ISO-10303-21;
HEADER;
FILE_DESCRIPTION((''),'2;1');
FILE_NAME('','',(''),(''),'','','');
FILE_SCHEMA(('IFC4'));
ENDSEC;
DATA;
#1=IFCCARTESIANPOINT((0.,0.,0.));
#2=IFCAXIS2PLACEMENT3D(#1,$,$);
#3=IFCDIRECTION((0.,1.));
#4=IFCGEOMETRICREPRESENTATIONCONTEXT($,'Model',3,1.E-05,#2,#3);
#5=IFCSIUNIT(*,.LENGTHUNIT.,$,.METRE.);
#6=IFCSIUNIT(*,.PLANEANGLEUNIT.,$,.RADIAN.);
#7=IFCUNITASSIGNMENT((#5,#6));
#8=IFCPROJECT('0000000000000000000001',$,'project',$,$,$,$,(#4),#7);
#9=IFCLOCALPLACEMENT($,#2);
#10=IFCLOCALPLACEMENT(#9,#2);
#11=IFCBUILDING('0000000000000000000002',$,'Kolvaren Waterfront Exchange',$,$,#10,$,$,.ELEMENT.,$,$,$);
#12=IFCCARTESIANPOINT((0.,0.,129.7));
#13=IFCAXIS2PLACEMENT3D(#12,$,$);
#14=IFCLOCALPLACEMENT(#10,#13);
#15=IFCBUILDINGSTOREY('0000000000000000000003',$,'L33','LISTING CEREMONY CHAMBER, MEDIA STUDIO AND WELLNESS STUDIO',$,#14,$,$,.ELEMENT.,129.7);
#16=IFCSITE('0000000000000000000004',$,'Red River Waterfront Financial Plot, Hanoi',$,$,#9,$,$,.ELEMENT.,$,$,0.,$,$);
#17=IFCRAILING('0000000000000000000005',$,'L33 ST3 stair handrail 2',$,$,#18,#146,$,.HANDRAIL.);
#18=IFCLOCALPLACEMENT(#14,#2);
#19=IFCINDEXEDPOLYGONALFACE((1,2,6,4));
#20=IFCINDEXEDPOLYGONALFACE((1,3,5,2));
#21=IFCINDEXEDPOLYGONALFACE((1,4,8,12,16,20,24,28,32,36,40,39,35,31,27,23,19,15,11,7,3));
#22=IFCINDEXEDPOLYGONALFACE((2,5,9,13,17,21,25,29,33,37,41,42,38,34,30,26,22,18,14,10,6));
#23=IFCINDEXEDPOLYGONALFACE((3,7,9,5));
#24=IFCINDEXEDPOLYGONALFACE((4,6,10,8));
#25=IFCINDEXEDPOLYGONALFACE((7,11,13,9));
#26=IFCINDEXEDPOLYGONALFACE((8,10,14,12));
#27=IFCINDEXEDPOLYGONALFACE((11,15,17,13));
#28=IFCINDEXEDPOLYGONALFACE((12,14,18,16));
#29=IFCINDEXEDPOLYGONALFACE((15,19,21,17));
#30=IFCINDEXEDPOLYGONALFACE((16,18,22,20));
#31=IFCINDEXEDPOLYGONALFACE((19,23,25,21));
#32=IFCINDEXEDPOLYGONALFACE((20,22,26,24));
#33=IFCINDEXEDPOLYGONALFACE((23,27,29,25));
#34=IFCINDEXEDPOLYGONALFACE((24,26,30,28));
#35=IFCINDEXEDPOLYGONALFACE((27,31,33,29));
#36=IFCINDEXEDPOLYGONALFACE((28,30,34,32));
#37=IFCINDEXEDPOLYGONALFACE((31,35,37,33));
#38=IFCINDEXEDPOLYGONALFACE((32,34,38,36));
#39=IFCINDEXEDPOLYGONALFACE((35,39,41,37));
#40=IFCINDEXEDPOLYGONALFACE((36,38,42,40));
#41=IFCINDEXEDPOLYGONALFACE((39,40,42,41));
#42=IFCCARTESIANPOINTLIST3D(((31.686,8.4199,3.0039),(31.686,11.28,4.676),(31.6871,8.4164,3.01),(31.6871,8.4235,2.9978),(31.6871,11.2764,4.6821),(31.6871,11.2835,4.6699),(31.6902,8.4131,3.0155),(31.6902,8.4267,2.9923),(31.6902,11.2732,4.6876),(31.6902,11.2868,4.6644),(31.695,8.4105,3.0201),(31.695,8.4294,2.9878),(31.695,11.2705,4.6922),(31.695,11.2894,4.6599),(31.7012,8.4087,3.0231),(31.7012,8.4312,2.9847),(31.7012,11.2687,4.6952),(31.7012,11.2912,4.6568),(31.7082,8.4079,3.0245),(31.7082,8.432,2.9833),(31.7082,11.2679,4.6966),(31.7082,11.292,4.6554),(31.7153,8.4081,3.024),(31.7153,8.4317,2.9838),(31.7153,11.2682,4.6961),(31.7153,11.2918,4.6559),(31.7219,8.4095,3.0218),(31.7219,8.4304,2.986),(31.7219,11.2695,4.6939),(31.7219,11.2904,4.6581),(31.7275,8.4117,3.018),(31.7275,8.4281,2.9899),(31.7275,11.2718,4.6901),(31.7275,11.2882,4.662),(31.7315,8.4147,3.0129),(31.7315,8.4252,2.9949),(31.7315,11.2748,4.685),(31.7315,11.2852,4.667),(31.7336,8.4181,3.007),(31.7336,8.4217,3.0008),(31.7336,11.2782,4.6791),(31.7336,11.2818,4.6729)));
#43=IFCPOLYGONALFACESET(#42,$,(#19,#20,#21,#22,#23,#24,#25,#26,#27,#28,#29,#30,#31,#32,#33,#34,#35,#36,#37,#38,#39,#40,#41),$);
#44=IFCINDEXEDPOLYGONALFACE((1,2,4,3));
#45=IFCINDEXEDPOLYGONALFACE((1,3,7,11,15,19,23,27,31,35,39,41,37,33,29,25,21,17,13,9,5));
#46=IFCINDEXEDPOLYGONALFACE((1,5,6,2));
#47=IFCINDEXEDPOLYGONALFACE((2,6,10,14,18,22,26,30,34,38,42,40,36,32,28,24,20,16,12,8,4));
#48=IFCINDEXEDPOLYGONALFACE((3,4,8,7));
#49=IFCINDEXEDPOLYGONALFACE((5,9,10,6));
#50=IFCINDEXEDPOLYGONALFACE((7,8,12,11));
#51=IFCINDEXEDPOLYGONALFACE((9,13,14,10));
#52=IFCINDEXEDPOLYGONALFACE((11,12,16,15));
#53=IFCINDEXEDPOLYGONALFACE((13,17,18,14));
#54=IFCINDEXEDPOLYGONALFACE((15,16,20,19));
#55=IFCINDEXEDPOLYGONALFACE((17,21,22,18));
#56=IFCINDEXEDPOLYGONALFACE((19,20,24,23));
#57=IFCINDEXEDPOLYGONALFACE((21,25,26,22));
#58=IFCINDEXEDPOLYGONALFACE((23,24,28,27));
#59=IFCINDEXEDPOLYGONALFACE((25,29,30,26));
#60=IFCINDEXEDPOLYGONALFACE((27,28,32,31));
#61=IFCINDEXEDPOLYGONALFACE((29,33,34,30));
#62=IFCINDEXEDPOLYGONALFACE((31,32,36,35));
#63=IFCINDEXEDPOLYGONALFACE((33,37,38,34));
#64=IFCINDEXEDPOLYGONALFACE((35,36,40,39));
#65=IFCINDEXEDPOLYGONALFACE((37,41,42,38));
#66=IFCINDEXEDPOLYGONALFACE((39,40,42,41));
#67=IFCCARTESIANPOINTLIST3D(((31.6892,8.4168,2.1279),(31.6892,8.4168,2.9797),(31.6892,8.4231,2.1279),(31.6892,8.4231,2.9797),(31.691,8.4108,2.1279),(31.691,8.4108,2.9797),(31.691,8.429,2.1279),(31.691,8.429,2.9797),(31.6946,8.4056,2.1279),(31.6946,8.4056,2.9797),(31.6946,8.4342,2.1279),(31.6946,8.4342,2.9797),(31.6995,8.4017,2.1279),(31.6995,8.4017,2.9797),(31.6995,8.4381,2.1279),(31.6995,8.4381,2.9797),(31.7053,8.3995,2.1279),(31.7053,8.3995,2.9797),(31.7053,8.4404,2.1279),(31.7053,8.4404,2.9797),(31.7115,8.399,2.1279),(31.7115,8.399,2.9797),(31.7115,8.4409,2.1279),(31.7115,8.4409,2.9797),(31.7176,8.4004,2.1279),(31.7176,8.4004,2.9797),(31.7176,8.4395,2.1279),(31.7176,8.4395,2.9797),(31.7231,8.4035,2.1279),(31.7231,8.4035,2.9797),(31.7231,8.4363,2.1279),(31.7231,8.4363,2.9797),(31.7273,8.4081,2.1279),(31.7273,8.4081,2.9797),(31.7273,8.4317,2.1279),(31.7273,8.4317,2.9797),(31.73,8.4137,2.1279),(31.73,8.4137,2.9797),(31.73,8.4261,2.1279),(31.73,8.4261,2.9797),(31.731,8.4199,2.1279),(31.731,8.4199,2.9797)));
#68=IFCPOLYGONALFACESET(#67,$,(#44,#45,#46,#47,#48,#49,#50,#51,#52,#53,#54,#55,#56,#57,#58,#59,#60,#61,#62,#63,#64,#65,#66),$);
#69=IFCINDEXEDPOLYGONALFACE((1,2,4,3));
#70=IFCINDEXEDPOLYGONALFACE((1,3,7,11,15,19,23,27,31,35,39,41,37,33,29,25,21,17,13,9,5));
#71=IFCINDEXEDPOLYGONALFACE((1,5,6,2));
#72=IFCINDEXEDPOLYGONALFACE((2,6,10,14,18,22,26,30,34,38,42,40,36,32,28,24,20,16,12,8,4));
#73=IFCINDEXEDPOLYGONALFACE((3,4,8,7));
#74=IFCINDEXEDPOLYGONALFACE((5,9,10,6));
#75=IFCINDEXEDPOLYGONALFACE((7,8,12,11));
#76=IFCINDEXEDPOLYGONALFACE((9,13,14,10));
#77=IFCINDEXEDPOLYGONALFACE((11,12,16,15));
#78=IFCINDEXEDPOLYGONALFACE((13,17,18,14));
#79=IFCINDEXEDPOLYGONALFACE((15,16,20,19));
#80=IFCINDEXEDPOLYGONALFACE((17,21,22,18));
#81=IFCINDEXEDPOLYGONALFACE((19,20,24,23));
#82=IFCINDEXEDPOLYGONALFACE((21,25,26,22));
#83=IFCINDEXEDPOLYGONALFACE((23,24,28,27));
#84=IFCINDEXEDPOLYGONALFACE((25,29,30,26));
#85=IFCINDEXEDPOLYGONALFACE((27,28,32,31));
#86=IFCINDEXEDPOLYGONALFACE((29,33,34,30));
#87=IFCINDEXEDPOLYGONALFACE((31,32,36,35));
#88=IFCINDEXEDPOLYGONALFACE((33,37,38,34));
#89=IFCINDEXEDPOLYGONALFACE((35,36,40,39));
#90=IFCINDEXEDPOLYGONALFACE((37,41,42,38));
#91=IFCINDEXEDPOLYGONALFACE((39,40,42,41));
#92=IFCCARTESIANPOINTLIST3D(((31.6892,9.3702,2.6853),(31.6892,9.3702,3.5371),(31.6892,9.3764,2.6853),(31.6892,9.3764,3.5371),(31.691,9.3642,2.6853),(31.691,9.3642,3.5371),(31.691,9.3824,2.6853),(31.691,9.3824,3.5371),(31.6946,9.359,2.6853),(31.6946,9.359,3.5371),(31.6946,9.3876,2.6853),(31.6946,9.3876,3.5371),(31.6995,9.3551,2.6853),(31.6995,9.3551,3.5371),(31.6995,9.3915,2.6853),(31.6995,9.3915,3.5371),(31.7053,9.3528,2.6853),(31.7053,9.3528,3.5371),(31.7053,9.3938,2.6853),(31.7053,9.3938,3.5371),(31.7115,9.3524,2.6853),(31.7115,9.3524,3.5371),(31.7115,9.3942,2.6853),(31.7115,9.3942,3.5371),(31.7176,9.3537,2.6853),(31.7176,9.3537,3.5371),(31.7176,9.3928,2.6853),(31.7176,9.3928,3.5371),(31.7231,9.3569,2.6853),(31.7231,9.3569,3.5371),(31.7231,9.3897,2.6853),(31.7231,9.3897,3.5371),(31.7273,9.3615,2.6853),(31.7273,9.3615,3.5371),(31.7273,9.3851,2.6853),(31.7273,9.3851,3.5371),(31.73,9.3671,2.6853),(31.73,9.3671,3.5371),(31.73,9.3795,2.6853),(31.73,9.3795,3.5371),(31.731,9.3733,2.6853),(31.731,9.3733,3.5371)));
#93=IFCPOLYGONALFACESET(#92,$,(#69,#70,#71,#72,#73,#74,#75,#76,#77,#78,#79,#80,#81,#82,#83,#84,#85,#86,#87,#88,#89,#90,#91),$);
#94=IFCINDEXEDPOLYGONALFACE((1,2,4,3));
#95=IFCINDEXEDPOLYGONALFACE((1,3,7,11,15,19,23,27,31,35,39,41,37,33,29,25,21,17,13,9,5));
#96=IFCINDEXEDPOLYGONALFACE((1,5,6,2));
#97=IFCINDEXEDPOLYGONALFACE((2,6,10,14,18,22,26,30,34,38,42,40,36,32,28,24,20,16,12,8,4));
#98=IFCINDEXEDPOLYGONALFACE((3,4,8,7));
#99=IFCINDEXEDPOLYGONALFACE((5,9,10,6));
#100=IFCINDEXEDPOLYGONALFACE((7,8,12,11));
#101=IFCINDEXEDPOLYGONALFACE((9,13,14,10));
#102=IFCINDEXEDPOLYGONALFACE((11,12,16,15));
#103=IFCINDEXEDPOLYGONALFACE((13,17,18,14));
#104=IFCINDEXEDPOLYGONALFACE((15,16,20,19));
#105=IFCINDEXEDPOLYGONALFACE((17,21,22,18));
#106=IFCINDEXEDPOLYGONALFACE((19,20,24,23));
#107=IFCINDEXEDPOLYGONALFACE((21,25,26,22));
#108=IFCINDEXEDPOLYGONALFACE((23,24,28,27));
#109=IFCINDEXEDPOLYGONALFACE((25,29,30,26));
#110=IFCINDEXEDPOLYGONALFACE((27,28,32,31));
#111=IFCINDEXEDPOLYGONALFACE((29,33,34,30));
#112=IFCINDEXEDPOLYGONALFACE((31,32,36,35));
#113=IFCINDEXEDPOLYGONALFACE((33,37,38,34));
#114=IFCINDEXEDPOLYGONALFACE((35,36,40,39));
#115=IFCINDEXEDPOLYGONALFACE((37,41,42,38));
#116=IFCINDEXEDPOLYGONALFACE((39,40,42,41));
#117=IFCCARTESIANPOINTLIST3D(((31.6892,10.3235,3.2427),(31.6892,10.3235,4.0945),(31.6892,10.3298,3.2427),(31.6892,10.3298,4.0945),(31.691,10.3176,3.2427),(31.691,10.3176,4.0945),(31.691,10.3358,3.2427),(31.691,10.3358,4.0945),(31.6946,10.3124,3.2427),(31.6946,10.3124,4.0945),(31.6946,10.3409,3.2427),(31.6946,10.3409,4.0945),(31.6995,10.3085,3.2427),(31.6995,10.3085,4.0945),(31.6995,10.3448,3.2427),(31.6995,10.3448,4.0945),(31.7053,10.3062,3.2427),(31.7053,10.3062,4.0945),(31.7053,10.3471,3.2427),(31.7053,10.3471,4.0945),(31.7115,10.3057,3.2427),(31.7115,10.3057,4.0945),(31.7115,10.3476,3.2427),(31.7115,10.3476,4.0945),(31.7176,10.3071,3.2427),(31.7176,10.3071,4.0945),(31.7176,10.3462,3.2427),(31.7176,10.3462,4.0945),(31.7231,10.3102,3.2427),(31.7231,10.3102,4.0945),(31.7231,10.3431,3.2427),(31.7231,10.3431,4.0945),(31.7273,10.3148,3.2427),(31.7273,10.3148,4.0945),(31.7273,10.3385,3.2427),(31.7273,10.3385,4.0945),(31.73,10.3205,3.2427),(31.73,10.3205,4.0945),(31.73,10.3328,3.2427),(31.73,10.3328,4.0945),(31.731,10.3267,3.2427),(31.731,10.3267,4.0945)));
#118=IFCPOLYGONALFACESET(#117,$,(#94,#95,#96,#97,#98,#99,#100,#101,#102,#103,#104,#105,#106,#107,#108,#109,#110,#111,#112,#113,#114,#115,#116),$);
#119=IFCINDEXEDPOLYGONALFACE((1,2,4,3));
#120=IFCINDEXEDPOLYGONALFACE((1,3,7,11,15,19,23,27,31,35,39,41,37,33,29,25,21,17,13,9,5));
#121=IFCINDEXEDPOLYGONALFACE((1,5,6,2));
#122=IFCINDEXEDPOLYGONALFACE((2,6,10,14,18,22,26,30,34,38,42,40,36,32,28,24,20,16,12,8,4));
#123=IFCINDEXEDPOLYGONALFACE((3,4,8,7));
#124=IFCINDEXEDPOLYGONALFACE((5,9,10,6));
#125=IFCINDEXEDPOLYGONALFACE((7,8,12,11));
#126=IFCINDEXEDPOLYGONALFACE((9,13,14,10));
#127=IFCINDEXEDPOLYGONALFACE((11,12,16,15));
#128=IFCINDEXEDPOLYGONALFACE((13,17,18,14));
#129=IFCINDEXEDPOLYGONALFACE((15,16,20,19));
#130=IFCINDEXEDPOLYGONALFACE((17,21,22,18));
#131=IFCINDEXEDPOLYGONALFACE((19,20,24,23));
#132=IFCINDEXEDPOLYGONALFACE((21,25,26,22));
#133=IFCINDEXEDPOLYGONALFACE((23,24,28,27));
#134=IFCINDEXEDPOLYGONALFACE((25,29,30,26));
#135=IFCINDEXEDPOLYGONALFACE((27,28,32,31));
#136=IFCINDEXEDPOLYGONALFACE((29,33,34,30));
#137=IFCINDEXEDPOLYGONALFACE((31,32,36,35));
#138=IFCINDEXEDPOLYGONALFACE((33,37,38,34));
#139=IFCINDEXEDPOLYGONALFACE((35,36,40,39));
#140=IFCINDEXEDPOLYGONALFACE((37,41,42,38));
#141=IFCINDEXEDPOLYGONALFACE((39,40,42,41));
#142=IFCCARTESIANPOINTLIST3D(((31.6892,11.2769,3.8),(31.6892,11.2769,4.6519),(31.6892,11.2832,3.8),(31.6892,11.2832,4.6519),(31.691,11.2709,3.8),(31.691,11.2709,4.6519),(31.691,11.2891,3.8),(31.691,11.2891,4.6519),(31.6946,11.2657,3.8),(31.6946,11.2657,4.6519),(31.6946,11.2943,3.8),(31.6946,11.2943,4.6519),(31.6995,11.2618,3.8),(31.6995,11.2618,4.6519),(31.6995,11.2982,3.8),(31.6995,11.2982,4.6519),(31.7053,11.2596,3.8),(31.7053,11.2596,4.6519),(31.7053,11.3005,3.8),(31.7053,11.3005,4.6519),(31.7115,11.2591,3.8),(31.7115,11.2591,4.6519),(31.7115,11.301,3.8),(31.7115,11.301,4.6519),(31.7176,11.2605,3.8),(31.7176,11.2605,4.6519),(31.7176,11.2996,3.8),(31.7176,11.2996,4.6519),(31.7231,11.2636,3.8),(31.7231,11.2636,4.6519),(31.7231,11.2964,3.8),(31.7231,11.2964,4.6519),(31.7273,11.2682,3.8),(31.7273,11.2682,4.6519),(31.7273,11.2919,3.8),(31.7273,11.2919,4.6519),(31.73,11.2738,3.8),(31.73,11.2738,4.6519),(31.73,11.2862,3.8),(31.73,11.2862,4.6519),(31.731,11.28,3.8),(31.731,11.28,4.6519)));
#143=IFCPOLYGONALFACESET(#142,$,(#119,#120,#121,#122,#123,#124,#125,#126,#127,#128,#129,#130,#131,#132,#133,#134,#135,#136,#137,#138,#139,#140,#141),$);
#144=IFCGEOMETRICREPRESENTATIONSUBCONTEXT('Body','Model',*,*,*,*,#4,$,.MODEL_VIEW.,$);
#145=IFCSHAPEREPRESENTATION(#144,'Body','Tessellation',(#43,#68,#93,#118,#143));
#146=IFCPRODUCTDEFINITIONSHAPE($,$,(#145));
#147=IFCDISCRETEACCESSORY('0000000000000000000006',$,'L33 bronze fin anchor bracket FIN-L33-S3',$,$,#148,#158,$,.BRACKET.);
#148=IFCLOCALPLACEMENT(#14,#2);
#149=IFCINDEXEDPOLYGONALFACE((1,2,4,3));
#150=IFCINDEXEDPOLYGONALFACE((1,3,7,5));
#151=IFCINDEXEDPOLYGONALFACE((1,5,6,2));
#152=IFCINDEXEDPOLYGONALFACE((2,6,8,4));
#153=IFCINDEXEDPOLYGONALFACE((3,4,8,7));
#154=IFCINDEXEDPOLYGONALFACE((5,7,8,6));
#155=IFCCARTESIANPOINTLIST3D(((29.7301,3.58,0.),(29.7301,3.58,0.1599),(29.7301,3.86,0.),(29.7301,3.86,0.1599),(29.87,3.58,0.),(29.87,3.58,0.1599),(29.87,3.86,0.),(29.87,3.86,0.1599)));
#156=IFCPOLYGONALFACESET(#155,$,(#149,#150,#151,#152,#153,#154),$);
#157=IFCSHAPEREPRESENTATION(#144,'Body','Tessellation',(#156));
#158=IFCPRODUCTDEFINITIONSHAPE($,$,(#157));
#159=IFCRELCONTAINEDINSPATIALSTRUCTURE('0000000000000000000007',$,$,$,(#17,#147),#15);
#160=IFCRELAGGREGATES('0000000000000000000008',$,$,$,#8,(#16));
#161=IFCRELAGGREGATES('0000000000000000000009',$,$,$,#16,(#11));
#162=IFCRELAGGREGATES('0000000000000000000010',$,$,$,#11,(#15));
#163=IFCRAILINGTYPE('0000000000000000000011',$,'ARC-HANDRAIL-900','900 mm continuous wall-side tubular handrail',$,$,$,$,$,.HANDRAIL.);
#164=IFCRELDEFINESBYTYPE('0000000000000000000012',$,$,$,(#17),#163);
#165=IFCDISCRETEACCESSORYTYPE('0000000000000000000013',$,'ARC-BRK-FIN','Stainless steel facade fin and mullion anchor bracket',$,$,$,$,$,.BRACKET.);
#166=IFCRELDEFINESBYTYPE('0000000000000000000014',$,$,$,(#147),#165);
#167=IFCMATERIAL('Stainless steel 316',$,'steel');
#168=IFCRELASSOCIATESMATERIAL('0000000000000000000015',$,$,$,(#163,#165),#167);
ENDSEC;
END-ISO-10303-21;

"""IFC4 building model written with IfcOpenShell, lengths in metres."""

from ifc_helpers import new_model, si_unit, direction, frame, origin, origin_with_axes, origin_2d, place, context, subcontext, project, spatial, rectangle, circle, extrude, source, transform, mapped, material, type_object, element, save


model = new_model("IFC4")

# Units and contexts
model_context = context("Model", 3, precision=1e-05, world=origin(), true_north=direction((0.0, 1.0)))
body_context = subcontext(model_context, "Body", "Model", "MODEL_VIEW")
ifc_project = project(units=[si_unit("LENGTHUNIT", "METRE"), si_unit("PLANEANGLEUNIT", "RADIAN")], contexts=[model_context])

# Site, building, storey
site_placement = place(None, origin())
site = spatial("IfcSite", under=ifc_project, at=site_placement, Name="Red River Waterfront Financial Plot, Hanoi", CompositionType="ELEMENT", RefElevation=0.0)
building_placement = place(site_placement, origin())
building = spatial("IfcBuilding", under=site, at=building_placement, Name="Kolvaren Waterfront Exchange", CompositionType="ELEMENT")
storey_placement = place(building_placement, frame((0.0, 0.0, 129.7)))
storey = spatial("IfcBuildingStorey", under=building, at=storey_placement, Name="L33", Description="LISTING CEREMONY CHAMBER, MEDIA STUDIO AND WELLNESS STUDIO", CompositionType="ELEMENT", Elevation=129.7)

# Railing
ifc_material_1 = material(Name="Stainless steel 316", Category="steel")
railing_type_1 = type_object("IfcRailingType", Name="ARC-HANDRAIL-900", Description="900 mm continuous wall-side tubular handrail", PredefinedType="HANDRAIL", material=ifc_material_1)
railing_1_placement = place(storey_placement, frame((31.71, 8.4199, 2.1279)))
element("IfcRailing", 1, at=railing_1_placement, inside=storey, type_object=railing_type_1, Name="L33 ST3 stair handrail 2", PredefinedType="HANDRAIL", context=body_context, shape_type="SweptSolid", body=[
    extrude(circle(Radius=0.0239, at=origin_2d()), frame((0.0, 0.0, 0.876), z_axis=(0.0, 0.863289, 0.504709), x_axis=(-1.0, 0.0, 0.0)), (0.0, 0.0, 1.0), 3.313),
    extrude(circle(Radius=0.021, at=origin_2d()), origin(), (0.0, 0.0, 1.0), 0.8518),
    extrude(circle(Radius=0.021, at=origin_2d()), frame((0.0, 0.9534, 0.5574)), (0.0, 0.0, 1.0), 0.8518),
    extrude(circle(Radius=0.021, at=origin_2d()), frame((0.0, 1.9067, 1.1147)), (0.0, 0.0, 1.0), 0.8518),
    extrude(circle(Radius=0.021, at=origin_2d()), frame((0.0, 2.8601, 1.6721)), (0.0, 0.0, 1.0), 0.8518),
])

# Discrete accessory
discrete_accessory_type = type_object("IfcDiscreteAccessoryType", Name="ARC-BRK-FIN", Description="Stainless steel facade fin and mullion anchor bracket", PredefinedType="BRACKET", material=ifc_material_1)
shared_shape_1 = source(origin_with_axes(), body_context, "Body", "SweptSolid", [
    extrude(rectangle(XDim=0.28, YDim=0.1399, at=origin_2d()), origin(), (0.0, 0.0, 1.0), 0.1599),
])
discrete_accessory_placement = place(storey_placement, frame((29.8, 3.72, 0.0), z_axis=(0.0, 0.0, 1.0), x_axis=(0.0, -1.0, 0.0)))
element("IfcDiscreteAccessory", 2, at=discrete_accessory_placement, inside=storey, type_object=discrete_accessory_type, Name="L33 bronze fin anchor bracket FIN-L33-S3", PredefinedType="BRACKET", context=body_context, shape_type="MappedRepresentation", body=[
    mapped(shared_shape_1, transform((0.0, 0.0, 0.0), x_axis=(1.0, 0.0, 0.0), y_axis=(0.0, 1.0, 0.0), z_axis=(0.0, 0.0, 1.0), scale=1.0)),
])

save(model, "model.ifc")
